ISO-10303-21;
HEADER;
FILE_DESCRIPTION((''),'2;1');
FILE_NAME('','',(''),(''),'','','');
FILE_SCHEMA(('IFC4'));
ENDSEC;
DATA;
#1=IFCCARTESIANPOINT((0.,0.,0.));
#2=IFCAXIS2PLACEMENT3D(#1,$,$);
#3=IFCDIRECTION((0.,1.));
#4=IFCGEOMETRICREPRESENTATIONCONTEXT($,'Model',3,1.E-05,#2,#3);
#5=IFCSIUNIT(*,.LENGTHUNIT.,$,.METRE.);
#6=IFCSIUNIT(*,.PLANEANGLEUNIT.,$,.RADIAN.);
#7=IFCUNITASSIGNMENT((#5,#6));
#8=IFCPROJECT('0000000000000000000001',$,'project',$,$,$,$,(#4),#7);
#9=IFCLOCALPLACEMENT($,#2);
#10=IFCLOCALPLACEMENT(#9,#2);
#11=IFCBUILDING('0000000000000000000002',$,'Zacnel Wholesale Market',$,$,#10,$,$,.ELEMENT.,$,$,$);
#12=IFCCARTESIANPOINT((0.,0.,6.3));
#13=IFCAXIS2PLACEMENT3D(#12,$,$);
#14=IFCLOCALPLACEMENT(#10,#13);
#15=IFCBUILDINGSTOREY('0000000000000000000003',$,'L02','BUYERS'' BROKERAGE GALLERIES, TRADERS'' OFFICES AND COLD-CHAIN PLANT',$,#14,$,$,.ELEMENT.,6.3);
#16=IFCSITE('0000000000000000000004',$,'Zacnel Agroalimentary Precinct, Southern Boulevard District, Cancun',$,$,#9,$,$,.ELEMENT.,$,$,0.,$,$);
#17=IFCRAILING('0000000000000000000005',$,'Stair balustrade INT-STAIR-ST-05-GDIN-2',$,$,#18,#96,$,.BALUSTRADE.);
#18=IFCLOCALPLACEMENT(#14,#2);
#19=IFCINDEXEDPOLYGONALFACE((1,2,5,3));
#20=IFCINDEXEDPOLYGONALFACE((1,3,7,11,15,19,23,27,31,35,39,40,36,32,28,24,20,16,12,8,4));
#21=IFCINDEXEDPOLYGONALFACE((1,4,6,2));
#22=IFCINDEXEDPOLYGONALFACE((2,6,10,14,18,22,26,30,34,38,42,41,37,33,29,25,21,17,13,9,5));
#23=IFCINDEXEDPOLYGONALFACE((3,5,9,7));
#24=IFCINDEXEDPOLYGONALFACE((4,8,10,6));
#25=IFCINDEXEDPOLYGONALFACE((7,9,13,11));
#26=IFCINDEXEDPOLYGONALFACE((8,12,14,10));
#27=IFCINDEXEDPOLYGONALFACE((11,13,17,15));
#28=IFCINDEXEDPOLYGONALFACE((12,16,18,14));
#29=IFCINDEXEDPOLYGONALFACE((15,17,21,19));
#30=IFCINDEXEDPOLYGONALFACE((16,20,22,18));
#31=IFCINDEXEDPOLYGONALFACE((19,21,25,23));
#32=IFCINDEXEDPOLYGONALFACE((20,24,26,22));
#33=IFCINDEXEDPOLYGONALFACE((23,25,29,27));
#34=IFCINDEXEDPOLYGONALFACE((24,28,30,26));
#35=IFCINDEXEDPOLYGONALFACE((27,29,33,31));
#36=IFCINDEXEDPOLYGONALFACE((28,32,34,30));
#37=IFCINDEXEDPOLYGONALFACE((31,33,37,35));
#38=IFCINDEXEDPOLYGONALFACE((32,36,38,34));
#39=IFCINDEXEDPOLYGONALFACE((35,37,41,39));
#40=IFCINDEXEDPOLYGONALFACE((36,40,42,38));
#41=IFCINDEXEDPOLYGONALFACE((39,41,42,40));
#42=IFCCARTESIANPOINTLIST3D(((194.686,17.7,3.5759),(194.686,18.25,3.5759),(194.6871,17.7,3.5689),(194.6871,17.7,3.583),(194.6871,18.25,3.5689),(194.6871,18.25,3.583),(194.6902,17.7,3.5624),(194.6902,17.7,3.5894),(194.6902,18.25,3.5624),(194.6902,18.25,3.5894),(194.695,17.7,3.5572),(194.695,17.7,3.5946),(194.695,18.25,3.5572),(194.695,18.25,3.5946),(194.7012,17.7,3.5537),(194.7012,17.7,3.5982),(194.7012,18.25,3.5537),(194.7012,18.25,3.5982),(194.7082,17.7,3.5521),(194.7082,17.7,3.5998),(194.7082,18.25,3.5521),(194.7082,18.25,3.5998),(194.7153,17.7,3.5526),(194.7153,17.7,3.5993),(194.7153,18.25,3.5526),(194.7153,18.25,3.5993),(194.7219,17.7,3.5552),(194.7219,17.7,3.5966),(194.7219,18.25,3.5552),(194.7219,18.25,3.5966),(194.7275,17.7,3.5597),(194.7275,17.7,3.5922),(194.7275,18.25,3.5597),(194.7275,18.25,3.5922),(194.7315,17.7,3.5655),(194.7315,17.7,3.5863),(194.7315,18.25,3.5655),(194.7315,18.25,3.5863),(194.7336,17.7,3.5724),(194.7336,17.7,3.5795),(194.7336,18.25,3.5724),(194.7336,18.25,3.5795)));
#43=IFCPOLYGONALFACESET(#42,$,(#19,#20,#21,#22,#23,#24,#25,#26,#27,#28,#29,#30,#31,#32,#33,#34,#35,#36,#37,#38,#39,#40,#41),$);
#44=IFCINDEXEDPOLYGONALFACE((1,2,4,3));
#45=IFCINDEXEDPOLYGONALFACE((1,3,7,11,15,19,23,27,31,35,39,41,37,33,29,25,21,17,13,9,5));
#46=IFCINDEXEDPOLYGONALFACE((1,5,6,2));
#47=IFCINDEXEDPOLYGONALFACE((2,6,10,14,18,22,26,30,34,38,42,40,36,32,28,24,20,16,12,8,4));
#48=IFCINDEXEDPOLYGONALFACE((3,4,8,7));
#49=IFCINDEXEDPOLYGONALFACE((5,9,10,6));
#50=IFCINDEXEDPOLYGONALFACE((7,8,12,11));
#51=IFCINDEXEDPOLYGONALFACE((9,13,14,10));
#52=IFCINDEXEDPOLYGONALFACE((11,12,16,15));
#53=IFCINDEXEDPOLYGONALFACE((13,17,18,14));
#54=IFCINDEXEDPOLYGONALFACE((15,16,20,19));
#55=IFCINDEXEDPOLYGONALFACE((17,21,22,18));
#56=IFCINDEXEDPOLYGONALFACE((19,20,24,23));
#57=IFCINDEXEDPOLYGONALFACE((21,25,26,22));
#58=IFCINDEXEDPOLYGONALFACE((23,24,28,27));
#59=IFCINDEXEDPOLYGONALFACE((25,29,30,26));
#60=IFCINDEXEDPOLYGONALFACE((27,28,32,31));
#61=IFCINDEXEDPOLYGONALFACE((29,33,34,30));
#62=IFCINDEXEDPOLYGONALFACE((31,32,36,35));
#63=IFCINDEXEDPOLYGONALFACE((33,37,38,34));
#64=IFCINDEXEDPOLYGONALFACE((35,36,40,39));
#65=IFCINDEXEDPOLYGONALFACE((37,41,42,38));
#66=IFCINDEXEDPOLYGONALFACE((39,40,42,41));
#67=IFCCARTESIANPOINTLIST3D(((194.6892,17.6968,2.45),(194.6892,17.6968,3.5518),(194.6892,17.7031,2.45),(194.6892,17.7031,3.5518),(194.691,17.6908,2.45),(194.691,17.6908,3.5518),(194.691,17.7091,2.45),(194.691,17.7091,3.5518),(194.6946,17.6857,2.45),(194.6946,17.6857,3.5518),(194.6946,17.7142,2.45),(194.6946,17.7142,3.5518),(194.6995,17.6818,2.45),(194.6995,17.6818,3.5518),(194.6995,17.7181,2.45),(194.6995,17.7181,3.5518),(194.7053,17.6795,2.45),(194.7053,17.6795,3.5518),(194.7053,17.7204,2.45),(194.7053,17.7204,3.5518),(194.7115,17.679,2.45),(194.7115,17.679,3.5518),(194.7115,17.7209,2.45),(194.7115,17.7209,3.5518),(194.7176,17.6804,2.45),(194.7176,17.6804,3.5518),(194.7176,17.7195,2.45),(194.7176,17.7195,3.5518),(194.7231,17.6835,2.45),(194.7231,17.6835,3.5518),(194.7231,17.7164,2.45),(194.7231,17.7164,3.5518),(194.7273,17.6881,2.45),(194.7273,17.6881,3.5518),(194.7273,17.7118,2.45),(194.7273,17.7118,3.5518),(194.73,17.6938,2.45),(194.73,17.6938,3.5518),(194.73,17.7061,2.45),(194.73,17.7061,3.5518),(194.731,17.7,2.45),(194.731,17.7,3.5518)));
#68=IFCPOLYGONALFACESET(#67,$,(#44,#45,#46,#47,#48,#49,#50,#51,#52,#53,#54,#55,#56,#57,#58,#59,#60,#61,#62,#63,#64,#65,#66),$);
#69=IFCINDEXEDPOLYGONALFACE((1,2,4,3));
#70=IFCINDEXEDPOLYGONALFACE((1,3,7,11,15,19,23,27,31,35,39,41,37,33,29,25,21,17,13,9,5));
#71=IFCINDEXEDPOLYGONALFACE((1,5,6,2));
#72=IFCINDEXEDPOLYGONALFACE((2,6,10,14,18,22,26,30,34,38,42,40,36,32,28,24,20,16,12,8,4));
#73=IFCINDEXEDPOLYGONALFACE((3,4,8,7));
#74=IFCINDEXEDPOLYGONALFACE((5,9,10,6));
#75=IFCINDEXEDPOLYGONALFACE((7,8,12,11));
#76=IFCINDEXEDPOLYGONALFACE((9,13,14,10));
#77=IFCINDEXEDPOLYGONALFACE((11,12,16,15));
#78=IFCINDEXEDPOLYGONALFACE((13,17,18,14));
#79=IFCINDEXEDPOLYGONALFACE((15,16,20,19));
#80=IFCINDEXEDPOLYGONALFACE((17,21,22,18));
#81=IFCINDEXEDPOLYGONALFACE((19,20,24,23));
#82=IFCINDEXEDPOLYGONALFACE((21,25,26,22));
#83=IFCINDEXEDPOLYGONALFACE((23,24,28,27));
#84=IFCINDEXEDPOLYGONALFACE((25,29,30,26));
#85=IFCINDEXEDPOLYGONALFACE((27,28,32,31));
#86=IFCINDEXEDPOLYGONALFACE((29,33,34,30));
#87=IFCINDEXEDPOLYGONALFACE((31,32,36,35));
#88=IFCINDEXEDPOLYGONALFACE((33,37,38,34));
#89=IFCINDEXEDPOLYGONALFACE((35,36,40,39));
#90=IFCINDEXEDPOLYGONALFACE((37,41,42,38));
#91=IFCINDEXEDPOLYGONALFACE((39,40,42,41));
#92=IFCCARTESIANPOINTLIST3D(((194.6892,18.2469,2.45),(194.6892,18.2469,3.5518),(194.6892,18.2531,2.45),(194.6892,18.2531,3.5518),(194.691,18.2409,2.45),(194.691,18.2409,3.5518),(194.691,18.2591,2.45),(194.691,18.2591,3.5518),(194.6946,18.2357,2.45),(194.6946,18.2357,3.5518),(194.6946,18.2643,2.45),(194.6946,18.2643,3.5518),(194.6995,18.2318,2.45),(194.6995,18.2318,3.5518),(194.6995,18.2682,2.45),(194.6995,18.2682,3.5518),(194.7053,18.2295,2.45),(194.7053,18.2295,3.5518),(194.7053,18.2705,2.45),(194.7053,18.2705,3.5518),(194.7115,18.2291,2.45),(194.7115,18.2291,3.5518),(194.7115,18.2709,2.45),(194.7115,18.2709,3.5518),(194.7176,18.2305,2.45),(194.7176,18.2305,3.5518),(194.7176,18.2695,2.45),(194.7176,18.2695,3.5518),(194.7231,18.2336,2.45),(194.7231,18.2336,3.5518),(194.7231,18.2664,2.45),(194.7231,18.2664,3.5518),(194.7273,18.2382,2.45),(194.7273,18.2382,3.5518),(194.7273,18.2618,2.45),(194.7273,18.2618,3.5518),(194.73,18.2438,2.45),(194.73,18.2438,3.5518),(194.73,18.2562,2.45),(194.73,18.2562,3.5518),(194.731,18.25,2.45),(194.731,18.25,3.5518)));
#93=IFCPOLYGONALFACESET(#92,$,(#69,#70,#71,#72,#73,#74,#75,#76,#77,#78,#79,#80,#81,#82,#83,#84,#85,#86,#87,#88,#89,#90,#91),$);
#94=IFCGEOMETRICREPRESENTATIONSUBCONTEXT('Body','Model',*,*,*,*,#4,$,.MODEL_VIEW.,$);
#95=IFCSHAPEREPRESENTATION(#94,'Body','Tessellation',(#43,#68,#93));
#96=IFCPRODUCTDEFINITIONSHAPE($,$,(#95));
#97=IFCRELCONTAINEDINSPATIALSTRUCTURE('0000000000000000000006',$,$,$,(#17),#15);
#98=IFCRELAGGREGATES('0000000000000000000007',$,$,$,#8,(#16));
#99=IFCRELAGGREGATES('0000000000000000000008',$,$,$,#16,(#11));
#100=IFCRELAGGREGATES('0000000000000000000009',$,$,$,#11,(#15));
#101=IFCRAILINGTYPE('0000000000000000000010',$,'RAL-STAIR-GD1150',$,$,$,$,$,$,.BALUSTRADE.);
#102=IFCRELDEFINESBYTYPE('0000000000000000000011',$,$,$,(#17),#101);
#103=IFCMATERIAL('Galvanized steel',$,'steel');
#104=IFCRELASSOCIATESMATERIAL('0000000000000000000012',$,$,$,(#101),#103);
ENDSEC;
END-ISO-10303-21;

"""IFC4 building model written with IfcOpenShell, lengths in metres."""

from ifc_helpers import new_model, si_unit, direction, frame, origin, origin_2d, place, context, subcontext, project, spatial, circle, extrude, material, type_object, element, save


model = new_model("IFC4")

# Units and contexts
model_context = context("Model", 3, precision=1e-05, world=origin(), true_north=direction((0.0, 1.0)))
body_context = subcontext(model_context, "Body", "Model", "MODEL_VIEW")
ifc_project = project(units=[si_unit("LENGTHUNIT", "METRE"), si_unit("PLANEANGLEUNIT", "RADIAN")], contexts=[model_context])

# Site, building, storey
site_placement = place(None, origin())
site = spatial("IfcSite", under=ifc_project, at=site_placement, Name="Zacnel Agroalimentary Precinct, Southern Boulevard District, Cancun", CompositionType="ELEMENT", RefElevation=0.0)
building_placement = place(site_placement, origin())
building = spatial("IfcBuilding", under=site, at=building_placement, Name="Zacnel Wholesale Market", CompositionType="ELEMENT")
storey_placement = place(building_placement, frame((0.0, 0.0, 6.3)))
storey = spatial("IfcBuildingStorey", under=building, at=storey_placement, Name="L02", Description="BUYERS' BROKERAGE GALLERIES, TRADERS' OFFICES AND COLD-CHAIN PLANT", CompositionType="ELEMENT", Elevation=6.3)

# Railing
ifc_material_1 = material(Name="Galvanized steel", Category="steel")
railing_type = type_object("IfcRailingType", Name="RAL-STAIR-GD1150", PredefinedType="BALUSTRADE", material=ifc_material_1)
railing_1_placement = place(storey_placement, frame((194.71, 17.7, 2.45)))
element("IfcRailing", 1, at=railing_1_placement, inside=storey, type_object=railing_type, Name="Stair balustrade INT-STAIR-ST-05-GDIN-2", PredefinedType="BALUSTRADE", context=body_context, shape_type="SweptSolid", body=[
    extrude(circle(Radius=0.0239, at=origin_2d()), frame((0.0, 0.0, 1.126), z_axis=(0.0, 1.0, 0.0), x_axis=(-1.0, 0.0, 0.0)), (0.0, 0.0, 1.0), 0.55),
    extrude(circle(Radius=0.021, at=origin_2d()), origin(), (0.0, 0.0, 1.0), 1.1018),
    extrude(circle(Radius=0.021, at=origin_2d()), frame((0.0, 0.55, 0.0)), (0.0, 0.0, 1.0), 1.1018),
])

save(model, "model.ifc")
